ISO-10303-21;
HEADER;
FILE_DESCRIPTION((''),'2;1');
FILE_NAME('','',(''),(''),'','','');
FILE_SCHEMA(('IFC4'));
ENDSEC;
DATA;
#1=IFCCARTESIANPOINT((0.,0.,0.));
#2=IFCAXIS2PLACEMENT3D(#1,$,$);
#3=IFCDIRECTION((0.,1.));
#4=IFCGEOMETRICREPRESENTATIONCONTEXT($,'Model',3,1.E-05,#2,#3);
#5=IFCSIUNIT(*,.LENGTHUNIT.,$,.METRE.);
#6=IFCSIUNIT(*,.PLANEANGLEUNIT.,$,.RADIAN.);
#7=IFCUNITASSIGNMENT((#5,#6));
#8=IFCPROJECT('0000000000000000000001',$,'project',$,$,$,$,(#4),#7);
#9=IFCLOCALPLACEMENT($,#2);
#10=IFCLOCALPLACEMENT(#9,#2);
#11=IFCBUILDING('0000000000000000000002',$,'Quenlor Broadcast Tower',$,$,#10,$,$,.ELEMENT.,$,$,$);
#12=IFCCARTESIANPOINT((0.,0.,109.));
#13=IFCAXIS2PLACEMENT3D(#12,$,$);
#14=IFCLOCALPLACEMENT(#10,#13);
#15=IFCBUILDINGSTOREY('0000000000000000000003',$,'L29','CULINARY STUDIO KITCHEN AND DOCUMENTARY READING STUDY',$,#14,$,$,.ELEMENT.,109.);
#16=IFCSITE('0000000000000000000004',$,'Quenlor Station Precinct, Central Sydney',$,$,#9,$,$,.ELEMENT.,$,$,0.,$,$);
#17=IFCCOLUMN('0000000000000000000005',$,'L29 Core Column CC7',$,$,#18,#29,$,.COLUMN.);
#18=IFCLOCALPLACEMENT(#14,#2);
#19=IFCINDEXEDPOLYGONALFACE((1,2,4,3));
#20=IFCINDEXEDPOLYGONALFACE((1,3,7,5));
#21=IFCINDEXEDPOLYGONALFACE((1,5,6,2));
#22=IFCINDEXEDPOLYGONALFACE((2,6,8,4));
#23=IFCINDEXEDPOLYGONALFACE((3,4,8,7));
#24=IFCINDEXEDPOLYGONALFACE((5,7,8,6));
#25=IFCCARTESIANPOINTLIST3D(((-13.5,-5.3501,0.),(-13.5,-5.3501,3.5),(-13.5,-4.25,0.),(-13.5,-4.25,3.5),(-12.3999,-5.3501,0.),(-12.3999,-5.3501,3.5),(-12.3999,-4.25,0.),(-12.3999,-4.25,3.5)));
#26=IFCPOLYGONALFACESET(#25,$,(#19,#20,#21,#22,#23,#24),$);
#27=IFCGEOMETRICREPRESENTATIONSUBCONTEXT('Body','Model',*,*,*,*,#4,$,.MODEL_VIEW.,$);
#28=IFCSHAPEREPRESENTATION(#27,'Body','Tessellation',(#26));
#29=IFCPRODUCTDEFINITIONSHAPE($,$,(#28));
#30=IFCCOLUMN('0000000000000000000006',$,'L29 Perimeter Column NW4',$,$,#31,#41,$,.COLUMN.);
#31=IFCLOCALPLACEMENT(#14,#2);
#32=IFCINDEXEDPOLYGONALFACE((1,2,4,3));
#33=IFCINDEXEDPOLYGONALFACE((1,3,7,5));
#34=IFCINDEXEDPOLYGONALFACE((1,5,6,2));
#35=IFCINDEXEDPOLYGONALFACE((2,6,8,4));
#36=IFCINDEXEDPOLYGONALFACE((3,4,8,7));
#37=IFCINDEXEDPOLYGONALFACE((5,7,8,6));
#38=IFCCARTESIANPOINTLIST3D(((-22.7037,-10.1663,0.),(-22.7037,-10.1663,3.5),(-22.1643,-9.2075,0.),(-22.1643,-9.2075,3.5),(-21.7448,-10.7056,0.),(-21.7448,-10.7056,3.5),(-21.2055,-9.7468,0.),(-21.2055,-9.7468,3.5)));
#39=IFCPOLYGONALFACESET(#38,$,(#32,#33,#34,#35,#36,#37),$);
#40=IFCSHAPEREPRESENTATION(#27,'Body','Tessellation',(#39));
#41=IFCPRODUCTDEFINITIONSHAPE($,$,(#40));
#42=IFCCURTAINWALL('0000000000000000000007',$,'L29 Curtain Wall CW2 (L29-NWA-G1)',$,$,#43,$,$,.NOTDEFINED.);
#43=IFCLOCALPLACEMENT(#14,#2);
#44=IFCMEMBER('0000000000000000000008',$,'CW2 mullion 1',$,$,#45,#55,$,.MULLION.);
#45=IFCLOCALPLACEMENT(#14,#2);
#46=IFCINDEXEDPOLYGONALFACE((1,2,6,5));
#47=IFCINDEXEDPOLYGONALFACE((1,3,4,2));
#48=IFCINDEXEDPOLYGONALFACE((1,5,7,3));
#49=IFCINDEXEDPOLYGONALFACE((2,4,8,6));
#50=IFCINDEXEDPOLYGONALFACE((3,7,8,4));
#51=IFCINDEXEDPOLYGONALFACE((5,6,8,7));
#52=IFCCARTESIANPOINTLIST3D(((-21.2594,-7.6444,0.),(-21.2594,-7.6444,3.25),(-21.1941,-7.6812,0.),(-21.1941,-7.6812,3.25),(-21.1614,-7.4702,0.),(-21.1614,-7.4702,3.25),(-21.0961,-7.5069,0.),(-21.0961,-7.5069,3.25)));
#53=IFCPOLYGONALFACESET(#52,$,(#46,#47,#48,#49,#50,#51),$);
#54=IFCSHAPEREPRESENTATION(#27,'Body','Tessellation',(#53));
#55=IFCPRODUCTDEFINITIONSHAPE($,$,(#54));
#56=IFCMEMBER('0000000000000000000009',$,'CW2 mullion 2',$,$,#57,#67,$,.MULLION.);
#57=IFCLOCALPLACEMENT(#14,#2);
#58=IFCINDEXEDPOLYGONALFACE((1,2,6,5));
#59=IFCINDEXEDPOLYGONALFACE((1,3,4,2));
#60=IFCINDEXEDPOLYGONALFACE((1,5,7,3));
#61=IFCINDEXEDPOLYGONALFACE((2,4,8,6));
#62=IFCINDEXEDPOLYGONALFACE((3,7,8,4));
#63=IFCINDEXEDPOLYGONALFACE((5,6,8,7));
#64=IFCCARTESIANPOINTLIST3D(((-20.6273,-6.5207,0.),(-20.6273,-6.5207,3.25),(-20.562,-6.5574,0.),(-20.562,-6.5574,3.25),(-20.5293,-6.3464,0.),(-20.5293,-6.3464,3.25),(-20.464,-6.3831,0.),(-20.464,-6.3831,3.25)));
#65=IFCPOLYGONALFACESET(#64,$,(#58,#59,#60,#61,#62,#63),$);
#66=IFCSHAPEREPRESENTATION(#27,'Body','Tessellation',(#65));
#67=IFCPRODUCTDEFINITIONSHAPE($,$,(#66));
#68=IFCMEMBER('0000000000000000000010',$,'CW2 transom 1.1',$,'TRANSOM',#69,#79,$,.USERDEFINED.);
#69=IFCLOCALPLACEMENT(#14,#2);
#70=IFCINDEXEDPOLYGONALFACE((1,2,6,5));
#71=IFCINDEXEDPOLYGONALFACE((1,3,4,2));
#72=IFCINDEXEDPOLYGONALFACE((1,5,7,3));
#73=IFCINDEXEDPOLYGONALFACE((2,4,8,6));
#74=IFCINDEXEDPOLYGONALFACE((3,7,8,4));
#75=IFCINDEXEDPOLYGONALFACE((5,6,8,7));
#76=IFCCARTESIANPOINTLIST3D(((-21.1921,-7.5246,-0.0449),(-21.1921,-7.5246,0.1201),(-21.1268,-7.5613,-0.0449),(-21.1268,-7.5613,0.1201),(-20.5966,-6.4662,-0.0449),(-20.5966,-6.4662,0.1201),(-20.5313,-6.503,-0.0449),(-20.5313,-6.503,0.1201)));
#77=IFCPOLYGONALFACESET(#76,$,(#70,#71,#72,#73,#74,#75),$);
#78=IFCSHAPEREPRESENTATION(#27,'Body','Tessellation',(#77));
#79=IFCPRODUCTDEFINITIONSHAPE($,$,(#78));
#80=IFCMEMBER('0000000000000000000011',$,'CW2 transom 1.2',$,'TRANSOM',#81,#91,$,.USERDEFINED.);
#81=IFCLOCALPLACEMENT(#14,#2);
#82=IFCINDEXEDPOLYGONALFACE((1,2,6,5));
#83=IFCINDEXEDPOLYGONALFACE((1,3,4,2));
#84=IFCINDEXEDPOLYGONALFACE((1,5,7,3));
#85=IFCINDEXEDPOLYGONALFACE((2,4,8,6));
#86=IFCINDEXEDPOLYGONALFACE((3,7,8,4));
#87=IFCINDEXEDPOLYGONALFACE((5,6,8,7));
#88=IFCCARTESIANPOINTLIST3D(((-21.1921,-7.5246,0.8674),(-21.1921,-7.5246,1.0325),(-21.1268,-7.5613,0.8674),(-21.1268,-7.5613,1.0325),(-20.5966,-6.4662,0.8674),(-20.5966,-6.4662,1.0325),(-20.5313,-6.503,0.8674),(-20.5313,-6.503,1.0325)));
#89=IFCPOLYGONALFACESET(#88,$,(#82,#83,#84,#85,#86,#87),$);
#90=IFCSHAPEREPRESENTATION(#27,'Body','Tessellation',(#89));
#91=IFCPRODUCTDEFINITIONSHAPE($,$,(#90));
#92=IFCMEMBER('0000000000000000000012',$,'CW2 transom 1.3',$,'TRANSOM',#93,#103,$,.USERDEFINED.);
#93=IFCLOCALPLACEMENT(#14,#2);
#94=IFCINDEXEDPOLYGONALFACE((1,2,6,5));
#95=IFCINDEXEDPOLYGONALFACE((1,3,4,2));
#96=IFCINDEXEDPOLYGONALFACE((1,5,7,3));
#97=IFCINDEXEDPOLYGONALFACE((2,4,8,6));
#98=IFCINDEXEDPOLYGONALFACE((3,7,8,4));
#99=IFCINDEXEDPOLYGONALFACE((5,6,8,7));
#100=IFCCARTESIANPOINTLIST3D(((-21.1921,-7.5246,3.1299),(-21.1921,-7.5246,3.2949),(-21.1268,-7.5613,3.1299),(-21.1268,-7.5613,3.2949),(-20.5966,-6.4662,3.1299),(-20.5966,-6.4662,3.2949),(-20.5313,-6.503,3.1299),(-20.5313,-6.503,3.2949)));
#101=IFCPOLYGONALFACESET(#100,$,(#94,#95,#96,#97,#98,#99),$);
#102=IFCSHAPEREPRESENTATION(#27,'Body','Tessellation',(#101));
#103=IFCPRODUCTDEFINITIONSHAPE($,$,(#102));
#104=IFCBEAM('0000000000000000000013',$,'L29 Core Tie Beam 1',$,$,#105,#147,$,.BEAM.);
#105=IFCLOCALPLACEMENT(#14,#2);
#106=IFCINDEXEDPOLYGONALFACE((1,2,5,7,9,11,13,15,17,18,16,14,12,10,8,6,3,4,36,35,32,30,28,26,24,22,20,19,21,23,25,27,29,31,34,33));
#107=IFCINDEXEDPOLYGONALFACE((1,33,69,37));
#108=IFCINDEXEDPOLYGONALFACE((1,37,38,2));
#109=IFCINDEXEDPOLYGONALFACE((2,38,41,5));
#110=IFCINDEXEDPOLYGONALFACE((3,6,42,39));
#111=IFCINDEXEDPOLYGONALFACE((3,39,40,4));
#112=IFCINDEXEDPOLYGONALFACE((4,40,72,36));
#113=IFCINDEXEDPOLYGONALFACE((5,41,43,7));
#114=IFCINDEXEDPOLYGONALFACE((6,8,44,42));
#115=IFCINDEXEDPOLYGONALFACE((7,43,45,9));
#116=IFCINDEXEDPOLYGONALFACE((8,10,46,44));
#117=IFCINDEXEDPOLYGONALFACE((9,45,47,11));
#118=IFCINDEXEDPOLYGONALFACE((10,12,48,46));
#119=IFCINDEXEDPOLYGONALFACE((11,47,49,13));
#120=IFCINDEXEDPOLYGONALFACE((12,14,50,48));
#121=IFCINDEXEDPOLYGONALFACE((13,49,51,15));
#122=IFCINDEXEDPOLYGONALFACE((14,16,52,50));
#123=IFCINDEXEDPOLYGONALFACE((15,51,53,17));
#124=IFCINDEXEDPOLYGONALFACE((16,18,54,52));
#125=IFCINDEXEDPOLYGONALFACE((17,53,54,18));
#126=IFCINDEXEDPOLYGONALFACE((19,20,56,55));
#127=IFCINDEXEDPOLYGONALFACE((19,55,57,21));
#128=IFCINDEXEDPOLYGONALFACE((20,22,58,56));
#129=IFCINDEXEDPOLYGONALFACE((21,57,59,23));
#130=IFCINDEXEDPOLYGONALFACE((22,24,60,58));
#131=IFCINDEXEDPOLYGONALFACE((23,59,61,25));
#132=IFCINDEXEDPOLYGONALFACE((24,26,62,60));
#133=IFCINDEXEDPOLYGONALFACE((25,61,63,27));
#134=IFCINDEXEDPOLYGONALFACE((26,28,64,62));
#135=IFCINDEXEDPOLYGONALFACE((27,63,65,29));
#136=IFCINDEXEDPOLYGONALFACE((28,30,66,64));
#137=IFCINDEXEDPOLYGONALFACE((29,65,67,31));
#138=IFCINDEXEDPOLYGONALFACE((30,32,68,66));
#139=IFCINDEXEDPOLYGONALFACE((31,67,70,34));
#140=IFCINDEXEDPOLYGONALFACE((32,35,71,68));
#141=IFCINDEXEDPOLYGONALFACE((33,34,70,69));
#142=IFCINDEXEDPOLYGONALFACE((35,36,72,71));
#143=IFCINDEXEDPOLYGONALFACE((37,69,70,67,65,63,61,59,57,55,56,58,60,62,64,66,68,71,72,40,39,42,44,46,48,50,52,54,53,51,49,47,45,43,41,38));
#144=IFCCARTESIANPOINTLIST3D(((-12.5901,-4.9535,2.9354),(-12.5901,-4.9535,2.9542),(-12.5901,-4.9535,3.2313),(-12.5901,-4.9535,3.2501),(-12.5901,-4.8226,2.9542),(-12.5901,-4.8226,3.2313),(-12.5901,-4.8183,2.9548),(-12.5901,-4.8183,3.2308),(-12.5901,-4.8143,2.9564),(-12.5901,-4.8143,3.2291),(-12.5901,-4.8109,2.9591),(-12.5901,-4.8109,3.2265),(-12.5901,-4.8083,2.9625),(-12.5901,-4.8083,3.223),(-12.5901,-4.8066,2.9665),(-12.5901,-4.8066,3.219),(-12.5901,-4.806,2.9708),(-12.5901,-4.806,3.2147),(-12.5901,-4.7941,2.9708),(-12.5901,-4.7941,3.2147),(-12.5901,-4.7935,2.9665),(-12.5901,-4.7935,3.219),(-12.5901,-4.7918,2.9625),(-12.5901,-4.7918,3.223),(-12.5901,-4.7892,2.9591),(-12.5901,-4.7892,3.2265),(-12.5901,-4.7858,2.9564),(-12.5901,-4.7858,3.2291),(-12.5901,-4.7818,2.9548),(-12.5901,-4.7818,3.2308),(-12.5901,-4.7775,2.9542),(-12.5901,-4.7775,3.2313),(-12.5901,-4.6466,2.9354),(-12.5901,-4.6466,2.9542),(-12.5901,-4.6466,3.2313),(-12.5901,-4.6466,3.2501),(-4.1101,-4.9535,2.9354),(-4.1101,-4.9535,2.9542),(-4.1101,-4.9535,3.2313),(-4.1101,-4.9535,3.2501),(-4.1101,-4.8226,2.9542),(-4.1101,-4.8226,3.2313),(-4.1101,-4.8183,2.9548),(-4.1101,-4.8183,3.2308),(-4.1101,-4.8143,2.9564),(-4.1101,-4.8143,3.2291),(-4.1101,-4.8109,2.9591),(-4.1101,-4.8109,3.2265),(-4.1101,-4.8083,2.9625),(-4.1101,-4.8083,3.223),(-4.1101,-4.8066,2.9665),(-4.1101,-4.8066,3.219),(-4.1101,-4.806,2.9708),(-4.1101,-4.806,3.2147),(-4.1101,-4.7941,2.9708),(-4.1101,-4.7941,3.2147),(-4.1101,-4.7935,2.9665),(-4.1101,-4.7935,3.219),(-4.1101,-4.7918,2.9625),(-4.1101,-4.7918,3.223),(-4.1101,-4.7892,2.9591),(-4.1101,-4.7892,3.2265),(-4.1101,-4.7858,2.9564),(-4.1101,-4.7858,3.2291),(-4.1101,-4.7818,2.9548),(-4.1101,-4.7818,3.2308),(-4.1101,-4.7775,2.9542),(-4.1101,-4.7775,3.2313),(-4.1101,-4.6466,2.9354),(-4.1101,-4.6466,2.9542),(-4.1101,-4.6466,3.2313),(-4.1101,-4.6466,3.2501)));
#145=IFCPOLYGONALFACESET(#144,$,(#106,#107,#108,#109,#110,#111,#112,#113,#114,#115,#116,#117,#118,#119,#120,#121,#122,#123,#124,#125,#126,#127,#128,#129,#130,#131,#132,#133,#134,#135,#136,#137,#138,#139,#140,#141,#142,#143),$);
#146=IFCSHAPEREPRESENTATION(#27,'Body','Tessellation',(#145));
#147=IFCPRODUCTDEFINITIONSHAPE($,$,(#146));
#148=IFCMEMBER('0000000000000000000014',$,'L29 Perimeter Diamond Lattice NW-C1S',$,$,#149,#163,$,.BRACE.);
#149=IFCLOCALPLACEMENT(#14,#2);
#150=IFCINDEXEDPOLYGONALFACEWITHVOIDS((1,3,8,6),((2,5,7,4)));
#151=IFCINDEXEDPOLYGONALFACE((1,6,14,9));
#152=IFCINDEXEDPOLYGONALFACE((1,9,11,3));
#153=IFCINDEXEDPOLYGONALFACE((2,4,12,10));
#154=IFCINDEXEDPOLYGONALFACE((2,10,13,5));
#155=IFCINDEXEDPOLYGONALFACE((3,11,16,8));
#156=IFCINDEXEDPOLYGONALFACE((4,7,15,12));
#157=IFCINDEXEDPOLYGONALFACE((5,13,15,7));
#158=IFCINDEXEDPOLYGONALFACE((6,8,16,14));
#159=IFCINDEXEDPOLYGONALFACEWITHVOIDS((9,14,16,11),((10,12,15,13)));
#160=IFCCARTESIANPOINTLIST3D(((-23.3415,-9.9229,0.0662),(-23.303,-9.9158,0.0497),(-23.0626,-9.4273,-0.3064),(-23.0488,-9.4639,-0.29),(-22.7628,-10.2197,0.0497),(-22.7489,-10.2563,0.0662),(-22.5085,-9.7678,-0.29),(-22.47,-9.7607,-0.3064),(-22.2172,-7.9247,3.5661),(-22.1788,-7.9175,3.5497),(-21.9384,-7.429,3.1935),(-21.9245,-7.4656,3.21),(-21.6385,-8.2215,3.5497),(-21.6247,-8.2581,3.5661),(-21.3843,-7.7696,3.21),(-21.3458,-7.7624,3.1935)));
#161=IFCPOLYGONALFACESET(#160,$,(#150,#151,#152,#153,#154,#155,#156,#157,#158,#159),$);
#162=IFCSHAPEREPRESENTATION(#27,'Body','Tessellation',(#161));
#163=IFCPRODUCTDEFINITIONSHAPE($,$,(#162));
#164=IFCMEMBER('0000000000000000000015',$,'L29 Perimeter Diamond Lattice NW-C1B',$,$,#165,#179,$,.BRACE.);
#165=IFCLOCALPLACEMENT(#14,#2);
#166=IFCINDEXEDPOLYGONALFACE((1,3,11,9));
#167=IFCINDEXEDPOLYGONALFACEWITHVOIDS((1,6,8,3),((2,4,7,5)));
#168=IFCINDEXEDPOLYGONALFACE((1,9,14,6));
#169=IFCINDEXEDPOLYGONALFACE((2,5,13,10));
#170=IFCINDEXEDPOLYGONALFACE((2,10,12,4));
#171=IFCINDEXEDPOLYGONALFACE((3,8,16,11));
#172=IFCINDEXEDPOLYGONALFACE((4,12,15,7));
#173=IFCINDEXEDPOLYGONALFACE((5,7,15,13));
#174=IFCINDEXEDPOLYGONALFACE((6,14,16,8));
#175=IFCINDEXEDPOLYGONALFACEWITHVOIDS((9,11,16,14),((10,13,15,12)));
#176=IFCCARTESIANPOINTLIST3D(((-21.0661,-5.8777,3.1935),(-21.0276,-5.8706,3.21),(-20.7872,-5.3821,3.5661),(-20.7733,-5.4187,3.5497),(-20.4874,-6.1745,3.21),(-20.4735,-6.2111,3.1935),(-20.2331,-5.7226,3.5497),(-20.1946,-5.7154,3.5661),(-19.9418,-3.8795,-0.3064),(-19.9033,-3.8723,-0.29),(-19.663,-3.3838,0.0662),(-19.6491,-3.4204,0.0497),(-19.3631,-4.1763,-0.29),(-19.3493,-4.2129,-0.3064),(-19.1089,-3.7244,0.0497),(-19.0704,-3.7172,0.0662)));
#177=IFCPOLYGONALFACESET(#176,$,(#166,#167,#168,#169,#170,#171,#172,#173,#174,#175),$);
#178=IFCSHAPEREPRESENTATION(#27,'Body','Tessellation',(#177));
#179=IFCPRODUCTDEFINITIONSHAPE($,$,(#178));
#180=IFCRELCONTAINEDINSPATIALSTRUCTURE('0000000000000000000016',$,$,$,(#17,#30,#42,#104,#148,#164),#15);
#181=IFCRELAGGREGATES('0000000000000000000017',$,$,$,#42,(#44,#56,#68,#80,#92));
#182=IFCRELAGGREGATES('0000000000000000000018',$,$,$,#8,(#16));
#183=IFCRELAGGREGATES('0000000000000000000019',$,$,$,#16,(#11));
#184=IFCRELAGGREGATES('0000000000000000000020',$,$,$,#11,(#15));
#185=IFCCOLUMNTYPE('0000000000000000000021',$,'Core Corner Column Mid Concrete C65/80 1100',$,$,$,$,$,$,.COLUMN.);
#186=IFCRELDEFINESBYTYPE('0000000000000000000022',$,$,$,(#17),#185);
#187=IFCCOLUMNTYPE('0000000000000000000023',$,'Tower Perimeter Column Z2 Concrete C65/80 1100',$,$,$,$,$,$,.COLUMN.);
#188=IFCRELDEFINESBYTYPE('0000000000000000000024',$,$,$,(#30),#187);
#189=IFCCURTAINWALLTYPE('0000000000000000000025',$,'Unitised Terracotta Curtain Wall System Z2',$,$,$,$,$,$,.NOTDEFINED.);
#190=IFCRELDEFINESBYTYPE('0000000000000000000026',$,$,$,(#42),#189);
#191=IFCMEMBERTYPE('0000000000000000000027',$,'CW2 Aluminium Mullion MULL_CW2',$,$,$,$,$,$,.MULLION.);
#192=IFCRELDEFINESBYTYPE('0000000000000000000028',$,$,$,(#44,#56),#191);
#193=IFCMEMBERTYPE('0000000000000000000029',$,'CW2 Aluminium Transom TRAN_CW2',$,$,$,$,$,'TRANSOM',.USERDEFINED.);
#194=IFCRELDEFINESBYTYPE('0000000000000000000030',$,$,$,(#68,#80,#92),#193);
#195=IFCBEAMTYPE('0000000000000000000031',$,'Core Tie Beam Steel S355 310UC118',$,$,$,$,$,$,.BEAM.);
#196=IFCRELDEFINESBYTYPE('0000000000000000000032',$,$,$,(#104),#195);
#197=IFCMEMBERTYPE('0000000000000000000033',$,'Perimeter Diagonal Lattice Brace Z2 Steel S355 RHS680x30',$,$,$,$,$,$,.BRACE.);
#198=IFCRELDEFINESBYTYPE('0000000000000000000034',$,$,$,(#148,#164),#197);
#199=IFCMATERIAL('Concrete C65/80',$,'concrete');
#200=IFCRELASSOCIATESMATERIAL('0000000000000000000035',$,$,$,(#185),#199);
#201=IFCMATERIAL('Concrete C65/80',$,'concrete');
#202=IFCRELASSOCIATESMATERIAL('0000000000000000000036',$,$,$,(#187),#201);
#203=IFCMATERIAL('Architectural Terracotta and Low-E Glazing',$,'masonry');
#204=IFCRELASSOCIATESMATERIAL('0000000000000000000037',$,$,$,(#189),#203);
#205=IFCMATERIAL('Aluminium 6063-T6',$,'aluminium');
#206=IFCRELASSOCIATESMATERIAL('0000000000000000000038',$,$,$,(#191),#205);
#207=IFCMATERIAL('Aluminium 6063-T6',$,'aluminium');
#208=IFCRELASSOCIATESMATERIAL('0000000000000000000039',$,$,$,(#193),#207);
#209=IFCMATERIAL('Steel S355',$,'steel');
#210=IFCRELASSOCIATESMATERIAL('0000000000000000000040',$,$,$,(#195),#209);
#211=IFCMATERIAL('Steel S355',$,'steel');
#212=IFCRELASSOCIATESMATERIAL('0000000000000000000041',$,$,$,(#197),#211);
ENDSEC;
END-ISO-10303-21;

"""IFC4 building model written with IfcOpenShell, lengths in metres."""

from ifc_helpers import new_model, si_unit, direction, frame, origin, origin_2d, place, context, subcontext, project, spatial, rectangle, hollow_rectangle, i_section, extrude, material, material_profile, profile_set, type_object, element, aggregate, save


model = new_model("IFC4")

# Units and contexts
model_context = context("Model", 3, precision=1e-05, world=origin(), true_north=direction((0.0, 1.0)))
body_context = subcontext(model_context, "Body", "Model", "MODEL_VIEW")
ifc_project = project(units=[si_unit("LENGTHUNIT", "METRE"), si_unit("PLANEANGLEUNIT", "RADIAN")], contexts=[model_context])

# Site, building, storey
site_placement = place(None, origin())
site = spatial("IfcSite", under=ifc_project, at=site_placement, Name="Quenlor Station Precinct, Central Sydney", CompositionType="ELEMENT", RefElevation=0.0)
building_placement = place(site_placement, origin())
building = spatial("IfcBuilding", under=site, at=building_placement, Name="Quenlor Broadcast Tower", CompositionType="ELEMENT")
storey_placement = place(building_placement, frame((0.0, 0.0, 109.0)))
storey = spatial("IfcBuildingStorey", under=building, at=storey_placement, Name="L29", Description="CULINARY STUDIO KITCHEN AND DOCUMENTARY READING STUDY", CompositionType="ELEMENT", Elevation=109.0)

# Columns
ifc_material_1 = material(Name="Concrete C65/80", Category="concrete")
ifc_material_profile_1 = material_profile(ifc_material_1, rectangle(XDim=1.1001, YDim=1.1001, at=origin_2d()))
ifc_profile_set_1 = profile_set([ifc_material_profile_1], Name="Concrete C65/80 RC1100x1100")
column_type_1 = type_object("IfcColumnType", Name="Core Corner Column Mid Concrete C65/80 1100", PredefinedType="COLUMN", material=ifc_profile_set_1)
column_1_placement = place(storey_placement, frame((-12.95, -4.8, 0.0), z_axis=(0.0, 0.0, 1.0), x_axis=(1.0, 0.0, 0.0)))
element("IfcColumn", 1, at=column_1_placement, inside=storey, type_object=column_type_1, Name="L29 Core Column CC7", PredefinedType="COLUMN", context=body_context, shape_type="SweptSolid", body=[
    extrude(rectangle(XDim=1.1001, YDim=1.1001, at=origin_2d()), origin(), (0.0, 0.0, 1.0), 3.5),
])
ifc_material_2 = material(Name="Concrete C65/80", Category="concrete")
ifc_material_profile_2 = material_profile(ifc_material_2, rectangle(XDim=1.1001, YDim=1.1001, at=origin_2d()))
ifc_profile_set_2 = profile_set([ifc_material_profile_2], Name="Concrete C65/80 RC1100x1100")
column_type_2 = type_object("IfcColumnType", Name="Tower Perimeter Column Z2 Concrete C65/80 1100", PredefinedType="COLUMN", material=ifc_profile_set_2)
column_2_placement = place(storey_placement, frame((-21.9546, -9.9565, 0.0), z_axis=(0.0, 0.0, 1.0), x_axis=(-0.871575, 0.490262, 0.0)))
element("IfcColumn", 2, at=column_2_placement, inside=storey, type_object=column_type_2, Name="L29 Perimeter Column NW4", PredefinedType="COLUMN", context=body_context, shape_type="SweptSolid", body=[
    extrude(rectangle(XDim=1.1001, YDim=1.1001, at=origin_2d()), origin(), (0.0, 0.0, 1.0), 3.5),
])

# Curtain wall, members
ifc_material_3 = material(Name="Architectural Terracotta and Low-E Glazing", Category="masonry")
curtain_wall_type = type_object("IfcCurtainWallType", Name="Unitised Terracotta Curtain Wall System Z2", PredefinedType="NOTDEFINED", material=ifc_material_3)
curtain_wall_placement = place(storey_placement, origin())
curtain_wall = element("IfcCurtainWall", 3, at=curtain_wall_placement, inside=storey, type_object=curtain_wall_type, Name="L29 Curtain Wall CW2 (L29-NWA-G1)", PredefinedType="NOTDEFINED")
ifc_material_4 = material(Name="Aluminium 6063-T6", Category="aluminium")
ifc_material_profile_3 = material_profile(ifc_material_4, rectangle(XDim=0.075, YDim=0.2, at=origin_2d()))
ifc_profile_set_3 = profile_set([ifc_material_profile_3], Name="Aluminium 6063-T6 MULL75x200")
member_type_1 = type_object("IfcMemberType", Name="CW2 Aluminium Mullion MULL_CW2", PredefinedType="MULLION", material=ifc_profile_set_3)
member_1_placement = place(storey_placement, frame((-21.1777, -7.5757, 0.0), z_axis=(0.0, 0.0, 1.0), x_axis=(-0.871566, 0.490279, 0.0)))
member_1 = element("IfcMember", 4, at=member_1_placement, type_object=member_type_1, Name="CW2 mullion 1", PredefinedType="MULLION", context=body_context, shape_type="SweptSolid", body=[
    extrude(rectangle(XDim=0.075, YDim=0.2, at=origin_2d()), origin(), (0.0, 0.0, 1.0), 3.25),
])
member_2_placement = place(storey_placement, frame((-20.5457, -6.4519, 0.0), z_axis=(0.0, 0.0, 1.0), x_axis=(-0.871566, 0.490279, 0.0)))
member_2 = element("IfcMember", 5, at=member_2_placement, type_object=member_type_1, Name="CW2 mullion 2", PredefinedType="MULLION", context=body_context, shape_type="SweptSolid", body=[
    extrude(rectangle(XDim=0.075, YDim=0.2, at=origin_2d()), origin(), (0.0, 0.0, 1.0), 3.25),
])
ifc_material_5 = material(Name="Aluminium 6063-T6", Category="aluminium")
ifc_material_profile_4 = material_profile(ifc_material_5, rectangle(XDim=0.075, YDim=0.165, at=origin_2d()))
ifc_profile_set_4 = profile_set([ifc_material_profile_4], Name="Aluminium 6063-T6 TRAN75x165")
member_type_2 = type_object("IfcMemberType", Name="CW2 Aluminium Transom TRAN_CW2", ElementType="TRANSOM", PredefinedType="USERDEFINED", material=ifc_profile_set_4)
member_3_placement = place(storey_placement, frame((-21.1594, -7.543, 0.0376), z_axis=(0.490347, 0.871527, 0.0), x_axis=(-0.871527, 0.490347, 0.0)))
member_3 = element("IfcMember", 6, at=member_3_placement, type_object=member_type_2, Name="CW2 transom 1.1", ObjectType="TRANSOM", PredefinedType="USERDEFINED", context=body_context, shape_type="SweptSolid", body=[
    extrude(rectangle(XDim=0.075, YDim=0.165, at=origin_2d()), origin(), (0.0, 0.0, 1.0), 1.2144),
])
member_4_placement = place(storey_placement, frame((-21.1594, -7.543, 0.95), z_axis=(0.490347, 0.871527, 0.0), x_axis=(-0.871527, 0.490347, 0.0)))
member_4 = element("IfcMember", 7, at=member_4_placement, type_object=member_type_2, Name="CW2 transom 1.2", ObjectType="TRANSOM", PredefinedType="USERDEFINED", context=body_context, shape_type="SweptSolid", body=[
    extrude(rectangle(XDim=0.075, YDim=0.165, at=origin_2d()), origin(), (0.0, 0.0, 1.0), 1.2144),
])
member_5_placement = place(storey_placement, frame((-21.1594, -7.543, 3.2124), z_axis=(0.490347, 0.871527, 0.0), x_axis=(-0.871527, 0.490347, 0.0)))
member_5 = element("IfcMember", 8, at=member_5_placement, type_object=member_type_2, Name="CW2 transom 1.3", ObjectType="TRANSOM", PredefinedType="USERDEFINED", context=body_context, shape_type="SweptSolid", body=[
    extrude(rectangle(XDim=0.075, YDim=0.165, at=origin_2d()), origin(), (0.0, 0.0, 1.0), 1.2144),
])

# Beam
ifc_material_6 = material(Name="Steel S355", Category="steel")
ifc_material_profile_5 = material_profile(ifc_material_6, i_section(OverallWidth=0.3069, OverallDepth=0.3147, WebThickness=0.012, FlangeThickness=0.0188, FilletRadius=0.0166, at=origin_2d()))
ifc_profile_set_5 = profile_set([ifc_material_profile_5], Name="Steel S355 310UC118")
beam_type_1 = type_object("IfcBeamType", Name="Core Tie Beam Steel S355 310UC118", PredefinedType="BEAM", material=ifc_profile_set_5)
beam_1_placement = place(storey_placement, frame((-12.5901, -4.8, 3.0928), z_axis=(1.0, 0.0, 0.0), x_axis=(0.0, 1.0, 0.0)))
element("IfcBeam", 9, at=beam_1_placement, inside=storey, type_object=beam_type_1, Name="L29 Core Tie Beam 1", PredefinedType="BEAM", context=body_context, shape_type="SweptSolid", body=[
    extrude(i_section(OverallWidth=0.3069, OverallDepth=0.3147, WebThickness=0.012, FlangeThickness=0.0188, FilletRadius=0.0166, at=origin_2d()), origin(), (0.0, 0.0, 1.0), 8.48),
])

# Members
ifc_material_7 = material(Name="Steel S355", Category="steel")
ifc_material_profile_6 = material_profile(ifc_material_7, hollow_rectangle(XDim=0.6799, YDim=0.6799, WallThickness=0.03, at=origin_2d()))
ifc_profile_set_6 = profile_set([ifc_material_profile_6], Name="Steel S355 RHS680x680x30")
member_type_3 = type_object("IfcMemberType", Name="Perimeter Diagonal Lattice Brace Z2 Steel S355 RHS680x30", PredefinedType="BRACE", material=ifc_profile_set_6)
for number, where, z_axis, x_axis, name in (
    (10, (-22.9058, -9.8418, -0.1201), (0.268697, 0.477585, 0.836489), (-0.871533, 0.490337, 0.0), "L29 Perimeter Diamond Lattice NW-C1S"),
    (11, (-19.5061, -3.7983, -0.1201), (-0.268697, -0.477585, 0.836489), (0.871533, -0.490337, 0.0), "L29 Perimeter Diamond Lattice NW-C1B"),
):
    element("IfcMember", number, at=place(storey_placement, frame(where, z_axis=z_axis, x_axis=x_axis)), inside=storey, type_object=member_type_3, Name=name, PredefinedType="BRACE", context=body_context, shape_type="SweptSolid", body=[
        extrude(hollow_rectangle(XDim=0.6799, YDim=0.6799, WallThickness=0.03, at=origin_2d()), origin(), (0.0, 0.0, 1.0), 4.1841),
    ])

aggregate(curtain_wall, [member_1, member_2, member_3, member_4, member_5])

save(model, "model.ifc")
